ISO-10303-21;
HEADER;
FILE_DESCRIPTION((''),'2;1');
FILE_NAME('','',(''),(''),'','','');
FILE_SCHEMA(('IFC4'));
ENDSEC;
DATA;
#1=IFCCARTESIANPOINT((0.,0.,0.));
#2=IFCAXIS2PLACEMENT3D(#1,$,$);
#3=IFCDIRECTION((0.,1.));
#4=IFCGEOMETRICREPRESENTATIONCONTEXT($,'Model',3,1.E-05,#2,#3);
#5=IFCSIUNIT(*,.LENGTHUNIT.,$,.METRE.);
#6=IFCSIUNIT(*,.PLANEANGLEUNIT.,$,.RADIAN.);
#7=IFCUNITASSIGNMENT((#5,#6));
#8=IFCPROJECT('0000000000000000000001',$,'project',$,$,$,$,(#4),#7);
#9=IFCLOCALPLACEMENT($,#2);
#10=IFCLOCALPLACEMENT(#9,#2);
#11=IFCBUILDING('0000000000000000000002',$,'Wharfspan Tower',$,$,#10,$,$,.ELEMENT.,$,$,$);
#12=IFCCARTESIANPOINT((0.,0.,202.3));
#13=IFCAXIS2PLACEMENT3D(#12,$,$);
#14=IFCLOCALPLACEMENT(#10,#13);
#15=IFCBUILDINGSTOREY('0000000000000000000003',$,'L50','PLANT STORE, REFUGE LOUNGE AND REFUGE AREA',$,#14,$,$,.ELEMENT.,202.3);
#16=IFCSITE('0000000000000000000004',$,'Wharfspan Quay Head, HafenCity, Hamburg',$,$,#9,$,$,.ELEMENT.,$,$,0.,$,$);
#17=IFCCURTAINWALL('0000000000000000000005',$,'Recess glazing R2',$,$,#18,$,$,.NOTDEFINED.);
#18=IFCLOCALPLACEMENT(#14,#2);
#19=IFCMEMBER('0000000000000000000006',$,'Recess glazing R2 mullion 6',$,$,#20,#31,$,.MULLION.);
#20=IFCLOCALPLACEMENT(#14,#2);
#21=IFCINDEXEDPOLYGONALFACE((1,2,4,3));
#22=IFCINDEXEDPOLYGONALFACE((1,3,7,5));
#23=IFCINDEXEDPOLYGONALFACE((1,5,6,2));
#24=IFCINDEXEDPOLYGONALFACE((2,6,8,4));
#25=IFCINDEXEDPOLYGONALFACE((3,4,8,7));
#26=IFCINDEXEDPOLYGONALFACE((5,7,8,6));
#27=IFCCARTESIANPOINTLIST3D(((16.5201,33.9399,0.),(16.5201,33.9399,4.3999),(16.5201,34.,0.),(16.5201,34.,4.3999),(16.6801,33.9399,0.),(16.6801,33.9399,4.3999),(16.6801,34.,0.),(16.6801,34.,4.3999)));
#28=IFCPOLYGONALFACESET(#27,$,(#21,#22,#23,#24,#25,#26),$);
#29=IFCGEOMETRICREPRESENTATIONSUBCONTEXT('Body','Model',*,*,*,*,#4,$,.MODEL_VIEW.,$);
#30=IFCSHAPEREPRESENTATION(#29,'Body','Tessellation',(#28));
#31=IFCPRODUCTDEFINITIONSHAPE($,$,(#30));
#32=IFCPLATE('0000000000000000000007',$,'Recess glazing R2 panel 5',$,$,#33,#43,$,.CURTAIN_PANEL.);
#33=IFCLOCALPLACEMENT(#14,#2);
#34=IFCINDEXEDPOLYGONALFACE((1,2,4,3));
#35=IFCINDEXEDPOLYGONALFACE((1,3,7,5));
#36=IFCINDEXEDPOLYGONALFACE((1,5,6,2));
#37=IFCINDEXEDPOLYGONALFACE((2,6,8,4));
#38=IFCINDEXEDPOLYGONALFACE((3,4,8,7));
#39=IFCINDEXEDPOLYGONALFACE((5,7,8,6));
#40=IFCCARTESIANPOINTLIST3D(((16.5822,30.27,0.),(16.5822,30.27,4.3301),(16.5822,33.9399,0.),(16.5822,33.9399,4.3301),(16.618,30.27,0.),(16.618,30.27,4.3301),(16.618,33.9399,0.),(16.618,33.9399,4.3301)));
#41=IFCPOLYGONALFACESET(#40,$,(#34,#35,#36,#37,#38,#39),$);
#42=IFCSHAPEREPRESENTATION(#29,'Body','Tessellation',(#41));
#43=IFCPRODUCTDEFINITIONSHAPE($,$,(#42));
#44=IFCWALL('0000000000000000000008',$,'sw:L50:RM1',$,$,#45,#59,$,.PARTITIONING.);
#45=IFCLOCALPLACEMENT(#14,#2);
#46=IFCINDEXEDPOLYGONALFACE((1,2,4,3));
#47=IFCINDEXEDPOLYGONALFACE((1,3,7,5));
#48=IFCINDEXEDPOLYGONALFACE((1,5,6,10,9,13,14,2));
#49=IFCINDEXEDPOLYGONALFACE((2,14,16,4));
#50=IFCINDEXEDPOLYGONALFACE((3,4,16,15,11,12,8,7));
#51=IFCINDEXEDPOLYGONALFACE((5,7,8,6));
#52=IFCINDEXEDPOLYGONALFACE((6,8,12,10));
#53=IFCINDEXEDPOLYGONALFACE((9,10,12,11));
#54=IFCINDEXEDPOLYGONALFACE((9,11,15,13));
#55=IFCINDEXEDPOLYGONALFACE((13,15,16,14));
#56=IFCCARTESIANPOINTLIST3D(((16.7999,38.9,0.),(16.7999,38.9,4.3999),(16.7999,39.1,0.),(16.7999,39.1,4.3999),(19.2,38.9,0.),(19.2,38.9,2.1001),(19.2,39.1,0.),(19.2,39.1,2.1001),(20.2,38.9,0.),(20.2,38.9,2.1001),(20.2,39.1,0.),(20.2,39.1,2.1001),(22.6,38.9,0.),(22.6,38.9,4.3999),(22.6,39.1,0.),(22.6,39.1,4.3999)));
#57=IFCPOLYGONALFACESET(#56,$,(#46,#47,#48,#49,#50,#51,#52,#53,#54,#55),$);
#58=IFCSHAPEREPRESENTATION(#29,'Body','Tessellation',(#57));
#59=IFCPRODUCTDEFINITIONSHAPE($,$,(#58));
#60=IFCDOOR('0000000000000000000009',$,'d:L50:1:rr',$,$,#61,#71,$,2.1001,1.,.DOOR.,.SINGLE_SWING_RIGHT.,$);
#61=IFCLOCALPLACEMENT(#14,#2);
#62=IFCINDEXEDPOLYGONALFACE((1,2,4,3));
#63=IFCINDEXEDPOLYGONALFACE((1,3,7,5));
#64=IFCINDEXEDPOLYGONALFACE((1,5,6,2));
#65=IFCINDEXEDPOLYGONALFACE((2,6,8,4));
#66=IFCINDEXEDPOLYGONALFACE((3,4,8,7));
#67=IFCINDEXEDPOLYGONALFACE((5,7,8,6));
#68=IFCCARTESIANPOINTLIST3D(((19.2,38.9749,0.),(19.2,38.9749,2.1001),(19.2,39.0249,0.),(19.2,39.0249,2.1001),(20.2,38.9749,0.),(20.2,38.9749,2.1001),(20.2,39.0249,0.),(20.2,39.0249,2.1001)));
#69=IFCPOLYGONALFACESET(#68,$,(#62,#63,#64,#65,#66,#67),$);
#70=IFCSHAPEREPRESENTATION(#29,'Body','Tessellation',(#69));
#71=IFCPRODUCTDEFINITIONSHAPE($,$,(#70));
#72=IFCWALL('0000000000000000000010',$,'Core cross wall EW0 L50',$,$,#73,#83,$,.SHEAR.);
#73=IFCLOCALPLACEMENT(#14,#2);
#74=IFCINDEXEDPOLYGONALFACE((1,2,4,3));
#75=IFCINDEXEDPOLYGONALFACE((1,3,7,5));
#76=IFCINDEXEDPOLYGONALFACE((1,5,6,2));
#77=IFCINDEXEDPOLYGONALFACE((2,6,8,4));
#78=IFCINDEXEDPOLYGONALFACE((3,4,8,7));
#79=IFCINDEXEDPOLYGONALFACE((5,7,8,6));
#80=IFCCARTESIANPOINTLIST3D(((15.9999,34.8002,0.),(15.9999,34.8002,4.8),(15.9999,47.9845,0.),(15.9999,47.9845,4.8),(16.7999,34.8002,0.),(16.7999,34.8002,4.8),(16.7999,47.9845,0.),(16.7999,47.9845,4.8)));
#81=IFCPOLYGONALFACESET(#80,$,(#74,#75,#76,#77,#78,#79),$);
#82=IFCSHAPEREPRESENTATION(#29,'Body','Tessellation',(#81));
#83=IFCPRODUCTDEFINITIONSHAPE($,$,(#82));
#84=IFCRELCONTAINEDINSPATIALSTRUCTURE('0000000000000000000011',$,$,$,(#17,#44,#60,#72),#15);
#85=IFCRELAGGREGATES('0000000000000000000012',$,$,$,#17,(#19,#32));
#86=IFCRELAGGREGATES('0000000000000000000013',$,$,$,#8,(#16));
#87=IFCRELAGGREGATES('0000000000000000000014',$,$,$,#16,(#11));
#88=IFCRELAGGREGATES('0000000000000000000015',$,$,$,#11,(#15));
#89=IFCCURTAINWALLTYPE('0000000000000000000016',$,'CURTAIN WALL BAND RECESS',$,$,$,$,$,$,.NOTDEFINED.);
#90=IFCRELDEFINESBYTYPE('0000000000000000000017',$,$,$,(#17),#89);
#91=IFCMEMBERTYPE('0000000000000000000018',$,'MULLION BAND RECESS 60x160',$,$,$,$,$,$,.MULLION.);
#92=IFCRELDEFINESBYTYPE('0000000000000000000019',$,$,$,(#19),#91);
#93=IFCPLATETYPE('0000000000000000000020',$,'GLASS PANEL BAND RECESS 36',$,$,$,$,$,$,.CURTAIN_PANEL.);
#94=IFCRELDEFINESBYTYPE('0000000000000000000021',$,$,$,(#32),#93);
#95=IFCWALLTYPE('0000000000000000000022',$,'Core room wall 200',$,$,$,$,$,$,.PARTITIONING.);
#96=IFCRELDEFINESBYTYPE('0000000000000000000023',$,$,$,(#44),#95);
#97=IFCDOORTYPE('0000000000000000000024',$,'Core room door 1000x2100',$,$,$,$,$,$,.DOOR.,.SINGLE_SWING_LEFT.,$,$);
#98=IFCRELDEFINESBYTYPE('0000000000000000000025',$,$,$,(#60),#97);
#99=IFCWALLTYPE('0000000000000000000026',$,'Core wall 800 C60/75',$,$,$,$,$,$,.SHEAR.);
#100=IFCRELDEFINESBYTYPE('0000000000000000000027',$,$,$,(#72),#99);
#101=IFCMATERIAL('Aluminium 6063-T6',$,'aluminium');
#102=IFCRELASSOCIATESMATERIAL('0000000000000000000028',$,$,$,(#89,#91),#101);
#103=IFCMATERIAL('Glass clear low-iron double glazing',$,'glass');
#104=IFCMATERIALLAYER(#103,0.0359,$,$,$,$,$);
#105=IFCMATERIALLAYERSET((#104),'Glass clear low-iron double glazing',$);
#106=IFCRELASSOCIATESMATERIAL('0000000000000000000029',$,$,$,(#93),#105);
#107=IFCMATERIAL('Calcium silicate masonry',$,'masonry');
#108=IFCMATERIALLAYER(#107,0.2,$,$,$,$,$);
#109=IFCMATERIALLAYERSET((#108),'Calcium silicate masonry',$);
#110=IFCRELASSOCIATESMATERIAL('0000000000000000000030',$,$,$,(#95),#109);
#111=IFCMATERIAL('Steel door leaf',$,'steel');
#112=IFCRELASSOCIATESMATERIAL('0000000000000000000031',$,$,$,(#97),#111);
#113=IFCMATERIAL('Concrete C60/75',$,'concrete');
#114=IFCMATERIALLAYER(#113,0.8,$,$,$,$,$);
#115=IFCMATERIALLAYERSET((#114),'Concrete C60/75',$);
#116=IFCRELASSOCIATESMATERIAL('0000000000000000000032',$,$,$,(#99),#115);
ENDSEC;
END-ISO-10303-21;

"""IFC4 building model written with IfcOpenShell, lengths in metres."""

from ifc_helpers import new_model, si_unit, direction, frame, frame_2d, origin, origin_2d, place, context, subcontext, project, spatial, rectangle, extrude, material, layer, layer_set, material_profile, profile_set, type_object, element, fill, aggregate, save


model = new_model("IFC4")

# Units and contexts
model_context = context("Model", 3, precision=1e-05, world=origin(), true_north=direction((0.0, 1.0)))
body_context = subcontext(model_context, "Body", "Model", "MODEL_VIEW")
ifc_project = project(units=[si_unit("LENGTHUNIT", "METRE"), si_unit("PLANEANGLEUNIT", "RADIAN")], contexts=[model_context])

# Site, building, storey
site_placement = place(None, origin())
site = spatial("IfcSite", under=ifc_project, at=site_placement, Name="Wharfspan Quay Head, HafenCity, Hamburg", CompositionType="ELEMENT", RefElevation=0.0)
building_placement = place(site_placement, origin())
building = spatial("IfcBuilding", under=site, at=building_placement, Name="Wharfspan Tower", CompositionType="ELEMENT")
storey_placement = place(building_placement, frame((0.0, 0.0, 202.3)))
storey = spatial("IfcBuildingStorey", under=building, at=storey_placement, Name="L50", Description="PLANT STORE, REFUGE LOUNGE AND REFUGE AREA", CompositionType="ELEMENT", Elevation=202.3)

# Curtain wall, member, plate
ifc_material_1 = material(Name="Aluminium 6063-T6", Category="aluminium")
curtain_wall_type = type_object("IfcCurtainWallType", Name="CURTAIN WALL BAND RECESS", PredefinedType="NOTDEFINED", material=ifc_material_1)
curtain_wall_placement = place(storey_placement, origin())
curtain_wall = element("IfcCurtainWall", 1, at=curtain_wall_placement, inside=storey, type_object=curtain_wall_type, Name="Recess glazing R2", PredefinedType="NOTDEFINED")
ifc_material_profile = material_profile(ifc_material_1, rectangle(XDim=0.1599, YDim=0.0601, at=origin_2d()))
ifc_profile_set = profile_set([ifc_material_profile], Name="Aluminium 6063-T6")
member_type = type_object("IfcMemberType", Name="MULLION BAND RECESS 60x160", PredefinedType="MULLION", material=ifc_profile_set)
member_placement = place(storey_placement, frame((16.6001, 33.97, 0.0), z_axis=(0.0, 0.0, 1.0), x_axis=(-1.0, 0.0, 0.0)))
member = element("IfcMember", 2, at=member_placement, type_object=member_type, Name="Recess glazing R2 mullion 6", PredefinedType="MULLION", context=body_context, shape_type="SweptSolid", body=[
    extrude(rectangle(XDim=0.1599, YDim=0.0601, at=origin_2d()), origin(), (0.0, 0.0, 1.0), 4.3999),
])
ifc_material_2 = material(Name="Glass clear low-iron double glazing", Category="glass")
ifc_layer_1 = layer(ifc_material_2, 0.0359)
ifc_layer_set_1 = layer_set([ifc_layer_1], Name="Glass clear low-iron double glazing")
plate_type = type_object("IfcPlateType", Name="GLASS PANEL BAND RECESS 36", PredefinedType="CURTAIN_PANEL", material=ifc_layer_set_1)
plate_placement = place(storey_placement, frame((16.6001, 32.105, 0.0), z_axis=(0.0, 0.0, 1.0), x_axis=(0.0, 1.0, 0.0)))
plate = element("IfcPlate", 3, at=plate_placement, type_object=plate_type, Name="Recess glazing R2 panel 5", PredefinedType="CURTAIN_PANEL", context=body_context, shape_type="SweptSolid", body=[
    extrude(rectangle(XDim=3.6699, YDim=0.0359, at=origin_2d()), origin(), (0.0, 0.0, 1.0), 4.3301),
])
aggregate(curtain_wall, [member, plate])

# Wall, opening, door
ifc_material_3 = material(Name="Calcium silicate masonry", Category="masonry")
ifc_layer_2 = layer(ifc_material_3, 0.2)
ifc_layer_set_2 = layer_set([ifc_layer_2], Name="Calcium silicate masonry")
wall_type_1 = type_object("IfcWallType", Name="Core room wall 200", PredefinedType="PARTITIONING", material=ifc_layer_set_2)
wall_1_placement = place(storey_placement, frame((16.8, 39.0, 0.0), z_axis=(0.0, 0.0, 1.0), x_axis=(1.0, 0.0, 0.0)))
wall_1 = element("IfcWall", 4, at=wall_1_placement, inside=storey, type_object=wall_type_1, Name="sw:L50:RM1", PredefinedType="PARTITIONING", context=body_context, shape_type="SweptSolid", body=[
    extrude(rectangle(XDim=5.8, YDim=0.2, at=frame_2d((2.8999, 0.0))), origin(), (0.0, 0.0, 1.0), 4.3999),
])
opening_1_placement = place(wall_1_placement, frame((2.3999, 0.0, 0.0)))
opening_1 = element("IfcOpeningElement", 5, at=opening_1_placement, cuts=wall_1, PredefinedType="OPENING", context=body_context, shape_type="SweptSolid", body=[
    extrude(rectangle(XDim=1.0, YDim=2.1001, at=frame_2d((0.5, 1.05))), frame((0.0, 0.1099, 0.0), z_axis=(0.0, -1.0, 0.0), x_axis=(1.0, 0.0, 0.0)), (0.0, 0.0, 1.0), 0.22),
])
ifc_material_4 = material(Name="Steel door leaf", Category="steel")
door_type_1 = type_object("IfcDoorType", Name="Core room door 1000x2100", OperationType="SINGLE_SWING_LEFT", PredefinedType="DOOR", material=ifc_material_4)
door_1_placement = place(opening_1_placement, origin())
door_1 = element("IfcDoor", 6, at=door_1_placement, inside=storey, type_object=door_type_1, Name="d:L50:1:rr", OperationType="SINGLE_SWING_RIGHT", OverallHeight=2.1001, OverallWidth=1.0, PredefinedType="DOOR", context=body_context, shape_type="SweptSolid", body=[
    extrude(rectangle(XDim=1.0, YDim=2.1001, at=frame_2d((0.5, 1.05))), frame((0.0, 0.0249, 0.0), z_axis=(0.0, -1.0, 0.0), x_axis=(1.0, 0.0, 0.0)), (0.0, 0.0, 1.0), 0.05),
])
fill(opening_1, door_1)

# Shared definitions
ifc_material_5 = material(Name="Concrete C60/75", Category="concrete")
ifc_layer_3 = layer(ifc_material_5, 0.8)
ifc_layer_set_3 = layer_set([ifc_layer_3], Name="Concrete C60/75")
wall_type_2 = type_object("IfcWallType", Name="Core wall 800 C60/75", PredefinedType="SHEAR", material=ifc_layer_set_3)

# Wall
wall_2_placement = place(storey_placement, frame((16.3999, 34.8, 0.0), z_axis=(0.0, 0.0, 1.0), x_axis=(0.0, 1.0, 0.0)))
element("IfcWall", 7, at=wall_2_placement, inside=storey, type_object=wall_type_2, Name="Core cross wall EW0 L50", PredefinedType="SHEAR", context=body_context, shape_type="SweptSolid", body=[
    extrude(rectangle(XDim=13.1843, YDim=0.8, at=frame_2d((6.5923, 0.0))), origin(), (0.0, 0.0, 1.0), 4.8),
])

save(model, "model.ifc")
